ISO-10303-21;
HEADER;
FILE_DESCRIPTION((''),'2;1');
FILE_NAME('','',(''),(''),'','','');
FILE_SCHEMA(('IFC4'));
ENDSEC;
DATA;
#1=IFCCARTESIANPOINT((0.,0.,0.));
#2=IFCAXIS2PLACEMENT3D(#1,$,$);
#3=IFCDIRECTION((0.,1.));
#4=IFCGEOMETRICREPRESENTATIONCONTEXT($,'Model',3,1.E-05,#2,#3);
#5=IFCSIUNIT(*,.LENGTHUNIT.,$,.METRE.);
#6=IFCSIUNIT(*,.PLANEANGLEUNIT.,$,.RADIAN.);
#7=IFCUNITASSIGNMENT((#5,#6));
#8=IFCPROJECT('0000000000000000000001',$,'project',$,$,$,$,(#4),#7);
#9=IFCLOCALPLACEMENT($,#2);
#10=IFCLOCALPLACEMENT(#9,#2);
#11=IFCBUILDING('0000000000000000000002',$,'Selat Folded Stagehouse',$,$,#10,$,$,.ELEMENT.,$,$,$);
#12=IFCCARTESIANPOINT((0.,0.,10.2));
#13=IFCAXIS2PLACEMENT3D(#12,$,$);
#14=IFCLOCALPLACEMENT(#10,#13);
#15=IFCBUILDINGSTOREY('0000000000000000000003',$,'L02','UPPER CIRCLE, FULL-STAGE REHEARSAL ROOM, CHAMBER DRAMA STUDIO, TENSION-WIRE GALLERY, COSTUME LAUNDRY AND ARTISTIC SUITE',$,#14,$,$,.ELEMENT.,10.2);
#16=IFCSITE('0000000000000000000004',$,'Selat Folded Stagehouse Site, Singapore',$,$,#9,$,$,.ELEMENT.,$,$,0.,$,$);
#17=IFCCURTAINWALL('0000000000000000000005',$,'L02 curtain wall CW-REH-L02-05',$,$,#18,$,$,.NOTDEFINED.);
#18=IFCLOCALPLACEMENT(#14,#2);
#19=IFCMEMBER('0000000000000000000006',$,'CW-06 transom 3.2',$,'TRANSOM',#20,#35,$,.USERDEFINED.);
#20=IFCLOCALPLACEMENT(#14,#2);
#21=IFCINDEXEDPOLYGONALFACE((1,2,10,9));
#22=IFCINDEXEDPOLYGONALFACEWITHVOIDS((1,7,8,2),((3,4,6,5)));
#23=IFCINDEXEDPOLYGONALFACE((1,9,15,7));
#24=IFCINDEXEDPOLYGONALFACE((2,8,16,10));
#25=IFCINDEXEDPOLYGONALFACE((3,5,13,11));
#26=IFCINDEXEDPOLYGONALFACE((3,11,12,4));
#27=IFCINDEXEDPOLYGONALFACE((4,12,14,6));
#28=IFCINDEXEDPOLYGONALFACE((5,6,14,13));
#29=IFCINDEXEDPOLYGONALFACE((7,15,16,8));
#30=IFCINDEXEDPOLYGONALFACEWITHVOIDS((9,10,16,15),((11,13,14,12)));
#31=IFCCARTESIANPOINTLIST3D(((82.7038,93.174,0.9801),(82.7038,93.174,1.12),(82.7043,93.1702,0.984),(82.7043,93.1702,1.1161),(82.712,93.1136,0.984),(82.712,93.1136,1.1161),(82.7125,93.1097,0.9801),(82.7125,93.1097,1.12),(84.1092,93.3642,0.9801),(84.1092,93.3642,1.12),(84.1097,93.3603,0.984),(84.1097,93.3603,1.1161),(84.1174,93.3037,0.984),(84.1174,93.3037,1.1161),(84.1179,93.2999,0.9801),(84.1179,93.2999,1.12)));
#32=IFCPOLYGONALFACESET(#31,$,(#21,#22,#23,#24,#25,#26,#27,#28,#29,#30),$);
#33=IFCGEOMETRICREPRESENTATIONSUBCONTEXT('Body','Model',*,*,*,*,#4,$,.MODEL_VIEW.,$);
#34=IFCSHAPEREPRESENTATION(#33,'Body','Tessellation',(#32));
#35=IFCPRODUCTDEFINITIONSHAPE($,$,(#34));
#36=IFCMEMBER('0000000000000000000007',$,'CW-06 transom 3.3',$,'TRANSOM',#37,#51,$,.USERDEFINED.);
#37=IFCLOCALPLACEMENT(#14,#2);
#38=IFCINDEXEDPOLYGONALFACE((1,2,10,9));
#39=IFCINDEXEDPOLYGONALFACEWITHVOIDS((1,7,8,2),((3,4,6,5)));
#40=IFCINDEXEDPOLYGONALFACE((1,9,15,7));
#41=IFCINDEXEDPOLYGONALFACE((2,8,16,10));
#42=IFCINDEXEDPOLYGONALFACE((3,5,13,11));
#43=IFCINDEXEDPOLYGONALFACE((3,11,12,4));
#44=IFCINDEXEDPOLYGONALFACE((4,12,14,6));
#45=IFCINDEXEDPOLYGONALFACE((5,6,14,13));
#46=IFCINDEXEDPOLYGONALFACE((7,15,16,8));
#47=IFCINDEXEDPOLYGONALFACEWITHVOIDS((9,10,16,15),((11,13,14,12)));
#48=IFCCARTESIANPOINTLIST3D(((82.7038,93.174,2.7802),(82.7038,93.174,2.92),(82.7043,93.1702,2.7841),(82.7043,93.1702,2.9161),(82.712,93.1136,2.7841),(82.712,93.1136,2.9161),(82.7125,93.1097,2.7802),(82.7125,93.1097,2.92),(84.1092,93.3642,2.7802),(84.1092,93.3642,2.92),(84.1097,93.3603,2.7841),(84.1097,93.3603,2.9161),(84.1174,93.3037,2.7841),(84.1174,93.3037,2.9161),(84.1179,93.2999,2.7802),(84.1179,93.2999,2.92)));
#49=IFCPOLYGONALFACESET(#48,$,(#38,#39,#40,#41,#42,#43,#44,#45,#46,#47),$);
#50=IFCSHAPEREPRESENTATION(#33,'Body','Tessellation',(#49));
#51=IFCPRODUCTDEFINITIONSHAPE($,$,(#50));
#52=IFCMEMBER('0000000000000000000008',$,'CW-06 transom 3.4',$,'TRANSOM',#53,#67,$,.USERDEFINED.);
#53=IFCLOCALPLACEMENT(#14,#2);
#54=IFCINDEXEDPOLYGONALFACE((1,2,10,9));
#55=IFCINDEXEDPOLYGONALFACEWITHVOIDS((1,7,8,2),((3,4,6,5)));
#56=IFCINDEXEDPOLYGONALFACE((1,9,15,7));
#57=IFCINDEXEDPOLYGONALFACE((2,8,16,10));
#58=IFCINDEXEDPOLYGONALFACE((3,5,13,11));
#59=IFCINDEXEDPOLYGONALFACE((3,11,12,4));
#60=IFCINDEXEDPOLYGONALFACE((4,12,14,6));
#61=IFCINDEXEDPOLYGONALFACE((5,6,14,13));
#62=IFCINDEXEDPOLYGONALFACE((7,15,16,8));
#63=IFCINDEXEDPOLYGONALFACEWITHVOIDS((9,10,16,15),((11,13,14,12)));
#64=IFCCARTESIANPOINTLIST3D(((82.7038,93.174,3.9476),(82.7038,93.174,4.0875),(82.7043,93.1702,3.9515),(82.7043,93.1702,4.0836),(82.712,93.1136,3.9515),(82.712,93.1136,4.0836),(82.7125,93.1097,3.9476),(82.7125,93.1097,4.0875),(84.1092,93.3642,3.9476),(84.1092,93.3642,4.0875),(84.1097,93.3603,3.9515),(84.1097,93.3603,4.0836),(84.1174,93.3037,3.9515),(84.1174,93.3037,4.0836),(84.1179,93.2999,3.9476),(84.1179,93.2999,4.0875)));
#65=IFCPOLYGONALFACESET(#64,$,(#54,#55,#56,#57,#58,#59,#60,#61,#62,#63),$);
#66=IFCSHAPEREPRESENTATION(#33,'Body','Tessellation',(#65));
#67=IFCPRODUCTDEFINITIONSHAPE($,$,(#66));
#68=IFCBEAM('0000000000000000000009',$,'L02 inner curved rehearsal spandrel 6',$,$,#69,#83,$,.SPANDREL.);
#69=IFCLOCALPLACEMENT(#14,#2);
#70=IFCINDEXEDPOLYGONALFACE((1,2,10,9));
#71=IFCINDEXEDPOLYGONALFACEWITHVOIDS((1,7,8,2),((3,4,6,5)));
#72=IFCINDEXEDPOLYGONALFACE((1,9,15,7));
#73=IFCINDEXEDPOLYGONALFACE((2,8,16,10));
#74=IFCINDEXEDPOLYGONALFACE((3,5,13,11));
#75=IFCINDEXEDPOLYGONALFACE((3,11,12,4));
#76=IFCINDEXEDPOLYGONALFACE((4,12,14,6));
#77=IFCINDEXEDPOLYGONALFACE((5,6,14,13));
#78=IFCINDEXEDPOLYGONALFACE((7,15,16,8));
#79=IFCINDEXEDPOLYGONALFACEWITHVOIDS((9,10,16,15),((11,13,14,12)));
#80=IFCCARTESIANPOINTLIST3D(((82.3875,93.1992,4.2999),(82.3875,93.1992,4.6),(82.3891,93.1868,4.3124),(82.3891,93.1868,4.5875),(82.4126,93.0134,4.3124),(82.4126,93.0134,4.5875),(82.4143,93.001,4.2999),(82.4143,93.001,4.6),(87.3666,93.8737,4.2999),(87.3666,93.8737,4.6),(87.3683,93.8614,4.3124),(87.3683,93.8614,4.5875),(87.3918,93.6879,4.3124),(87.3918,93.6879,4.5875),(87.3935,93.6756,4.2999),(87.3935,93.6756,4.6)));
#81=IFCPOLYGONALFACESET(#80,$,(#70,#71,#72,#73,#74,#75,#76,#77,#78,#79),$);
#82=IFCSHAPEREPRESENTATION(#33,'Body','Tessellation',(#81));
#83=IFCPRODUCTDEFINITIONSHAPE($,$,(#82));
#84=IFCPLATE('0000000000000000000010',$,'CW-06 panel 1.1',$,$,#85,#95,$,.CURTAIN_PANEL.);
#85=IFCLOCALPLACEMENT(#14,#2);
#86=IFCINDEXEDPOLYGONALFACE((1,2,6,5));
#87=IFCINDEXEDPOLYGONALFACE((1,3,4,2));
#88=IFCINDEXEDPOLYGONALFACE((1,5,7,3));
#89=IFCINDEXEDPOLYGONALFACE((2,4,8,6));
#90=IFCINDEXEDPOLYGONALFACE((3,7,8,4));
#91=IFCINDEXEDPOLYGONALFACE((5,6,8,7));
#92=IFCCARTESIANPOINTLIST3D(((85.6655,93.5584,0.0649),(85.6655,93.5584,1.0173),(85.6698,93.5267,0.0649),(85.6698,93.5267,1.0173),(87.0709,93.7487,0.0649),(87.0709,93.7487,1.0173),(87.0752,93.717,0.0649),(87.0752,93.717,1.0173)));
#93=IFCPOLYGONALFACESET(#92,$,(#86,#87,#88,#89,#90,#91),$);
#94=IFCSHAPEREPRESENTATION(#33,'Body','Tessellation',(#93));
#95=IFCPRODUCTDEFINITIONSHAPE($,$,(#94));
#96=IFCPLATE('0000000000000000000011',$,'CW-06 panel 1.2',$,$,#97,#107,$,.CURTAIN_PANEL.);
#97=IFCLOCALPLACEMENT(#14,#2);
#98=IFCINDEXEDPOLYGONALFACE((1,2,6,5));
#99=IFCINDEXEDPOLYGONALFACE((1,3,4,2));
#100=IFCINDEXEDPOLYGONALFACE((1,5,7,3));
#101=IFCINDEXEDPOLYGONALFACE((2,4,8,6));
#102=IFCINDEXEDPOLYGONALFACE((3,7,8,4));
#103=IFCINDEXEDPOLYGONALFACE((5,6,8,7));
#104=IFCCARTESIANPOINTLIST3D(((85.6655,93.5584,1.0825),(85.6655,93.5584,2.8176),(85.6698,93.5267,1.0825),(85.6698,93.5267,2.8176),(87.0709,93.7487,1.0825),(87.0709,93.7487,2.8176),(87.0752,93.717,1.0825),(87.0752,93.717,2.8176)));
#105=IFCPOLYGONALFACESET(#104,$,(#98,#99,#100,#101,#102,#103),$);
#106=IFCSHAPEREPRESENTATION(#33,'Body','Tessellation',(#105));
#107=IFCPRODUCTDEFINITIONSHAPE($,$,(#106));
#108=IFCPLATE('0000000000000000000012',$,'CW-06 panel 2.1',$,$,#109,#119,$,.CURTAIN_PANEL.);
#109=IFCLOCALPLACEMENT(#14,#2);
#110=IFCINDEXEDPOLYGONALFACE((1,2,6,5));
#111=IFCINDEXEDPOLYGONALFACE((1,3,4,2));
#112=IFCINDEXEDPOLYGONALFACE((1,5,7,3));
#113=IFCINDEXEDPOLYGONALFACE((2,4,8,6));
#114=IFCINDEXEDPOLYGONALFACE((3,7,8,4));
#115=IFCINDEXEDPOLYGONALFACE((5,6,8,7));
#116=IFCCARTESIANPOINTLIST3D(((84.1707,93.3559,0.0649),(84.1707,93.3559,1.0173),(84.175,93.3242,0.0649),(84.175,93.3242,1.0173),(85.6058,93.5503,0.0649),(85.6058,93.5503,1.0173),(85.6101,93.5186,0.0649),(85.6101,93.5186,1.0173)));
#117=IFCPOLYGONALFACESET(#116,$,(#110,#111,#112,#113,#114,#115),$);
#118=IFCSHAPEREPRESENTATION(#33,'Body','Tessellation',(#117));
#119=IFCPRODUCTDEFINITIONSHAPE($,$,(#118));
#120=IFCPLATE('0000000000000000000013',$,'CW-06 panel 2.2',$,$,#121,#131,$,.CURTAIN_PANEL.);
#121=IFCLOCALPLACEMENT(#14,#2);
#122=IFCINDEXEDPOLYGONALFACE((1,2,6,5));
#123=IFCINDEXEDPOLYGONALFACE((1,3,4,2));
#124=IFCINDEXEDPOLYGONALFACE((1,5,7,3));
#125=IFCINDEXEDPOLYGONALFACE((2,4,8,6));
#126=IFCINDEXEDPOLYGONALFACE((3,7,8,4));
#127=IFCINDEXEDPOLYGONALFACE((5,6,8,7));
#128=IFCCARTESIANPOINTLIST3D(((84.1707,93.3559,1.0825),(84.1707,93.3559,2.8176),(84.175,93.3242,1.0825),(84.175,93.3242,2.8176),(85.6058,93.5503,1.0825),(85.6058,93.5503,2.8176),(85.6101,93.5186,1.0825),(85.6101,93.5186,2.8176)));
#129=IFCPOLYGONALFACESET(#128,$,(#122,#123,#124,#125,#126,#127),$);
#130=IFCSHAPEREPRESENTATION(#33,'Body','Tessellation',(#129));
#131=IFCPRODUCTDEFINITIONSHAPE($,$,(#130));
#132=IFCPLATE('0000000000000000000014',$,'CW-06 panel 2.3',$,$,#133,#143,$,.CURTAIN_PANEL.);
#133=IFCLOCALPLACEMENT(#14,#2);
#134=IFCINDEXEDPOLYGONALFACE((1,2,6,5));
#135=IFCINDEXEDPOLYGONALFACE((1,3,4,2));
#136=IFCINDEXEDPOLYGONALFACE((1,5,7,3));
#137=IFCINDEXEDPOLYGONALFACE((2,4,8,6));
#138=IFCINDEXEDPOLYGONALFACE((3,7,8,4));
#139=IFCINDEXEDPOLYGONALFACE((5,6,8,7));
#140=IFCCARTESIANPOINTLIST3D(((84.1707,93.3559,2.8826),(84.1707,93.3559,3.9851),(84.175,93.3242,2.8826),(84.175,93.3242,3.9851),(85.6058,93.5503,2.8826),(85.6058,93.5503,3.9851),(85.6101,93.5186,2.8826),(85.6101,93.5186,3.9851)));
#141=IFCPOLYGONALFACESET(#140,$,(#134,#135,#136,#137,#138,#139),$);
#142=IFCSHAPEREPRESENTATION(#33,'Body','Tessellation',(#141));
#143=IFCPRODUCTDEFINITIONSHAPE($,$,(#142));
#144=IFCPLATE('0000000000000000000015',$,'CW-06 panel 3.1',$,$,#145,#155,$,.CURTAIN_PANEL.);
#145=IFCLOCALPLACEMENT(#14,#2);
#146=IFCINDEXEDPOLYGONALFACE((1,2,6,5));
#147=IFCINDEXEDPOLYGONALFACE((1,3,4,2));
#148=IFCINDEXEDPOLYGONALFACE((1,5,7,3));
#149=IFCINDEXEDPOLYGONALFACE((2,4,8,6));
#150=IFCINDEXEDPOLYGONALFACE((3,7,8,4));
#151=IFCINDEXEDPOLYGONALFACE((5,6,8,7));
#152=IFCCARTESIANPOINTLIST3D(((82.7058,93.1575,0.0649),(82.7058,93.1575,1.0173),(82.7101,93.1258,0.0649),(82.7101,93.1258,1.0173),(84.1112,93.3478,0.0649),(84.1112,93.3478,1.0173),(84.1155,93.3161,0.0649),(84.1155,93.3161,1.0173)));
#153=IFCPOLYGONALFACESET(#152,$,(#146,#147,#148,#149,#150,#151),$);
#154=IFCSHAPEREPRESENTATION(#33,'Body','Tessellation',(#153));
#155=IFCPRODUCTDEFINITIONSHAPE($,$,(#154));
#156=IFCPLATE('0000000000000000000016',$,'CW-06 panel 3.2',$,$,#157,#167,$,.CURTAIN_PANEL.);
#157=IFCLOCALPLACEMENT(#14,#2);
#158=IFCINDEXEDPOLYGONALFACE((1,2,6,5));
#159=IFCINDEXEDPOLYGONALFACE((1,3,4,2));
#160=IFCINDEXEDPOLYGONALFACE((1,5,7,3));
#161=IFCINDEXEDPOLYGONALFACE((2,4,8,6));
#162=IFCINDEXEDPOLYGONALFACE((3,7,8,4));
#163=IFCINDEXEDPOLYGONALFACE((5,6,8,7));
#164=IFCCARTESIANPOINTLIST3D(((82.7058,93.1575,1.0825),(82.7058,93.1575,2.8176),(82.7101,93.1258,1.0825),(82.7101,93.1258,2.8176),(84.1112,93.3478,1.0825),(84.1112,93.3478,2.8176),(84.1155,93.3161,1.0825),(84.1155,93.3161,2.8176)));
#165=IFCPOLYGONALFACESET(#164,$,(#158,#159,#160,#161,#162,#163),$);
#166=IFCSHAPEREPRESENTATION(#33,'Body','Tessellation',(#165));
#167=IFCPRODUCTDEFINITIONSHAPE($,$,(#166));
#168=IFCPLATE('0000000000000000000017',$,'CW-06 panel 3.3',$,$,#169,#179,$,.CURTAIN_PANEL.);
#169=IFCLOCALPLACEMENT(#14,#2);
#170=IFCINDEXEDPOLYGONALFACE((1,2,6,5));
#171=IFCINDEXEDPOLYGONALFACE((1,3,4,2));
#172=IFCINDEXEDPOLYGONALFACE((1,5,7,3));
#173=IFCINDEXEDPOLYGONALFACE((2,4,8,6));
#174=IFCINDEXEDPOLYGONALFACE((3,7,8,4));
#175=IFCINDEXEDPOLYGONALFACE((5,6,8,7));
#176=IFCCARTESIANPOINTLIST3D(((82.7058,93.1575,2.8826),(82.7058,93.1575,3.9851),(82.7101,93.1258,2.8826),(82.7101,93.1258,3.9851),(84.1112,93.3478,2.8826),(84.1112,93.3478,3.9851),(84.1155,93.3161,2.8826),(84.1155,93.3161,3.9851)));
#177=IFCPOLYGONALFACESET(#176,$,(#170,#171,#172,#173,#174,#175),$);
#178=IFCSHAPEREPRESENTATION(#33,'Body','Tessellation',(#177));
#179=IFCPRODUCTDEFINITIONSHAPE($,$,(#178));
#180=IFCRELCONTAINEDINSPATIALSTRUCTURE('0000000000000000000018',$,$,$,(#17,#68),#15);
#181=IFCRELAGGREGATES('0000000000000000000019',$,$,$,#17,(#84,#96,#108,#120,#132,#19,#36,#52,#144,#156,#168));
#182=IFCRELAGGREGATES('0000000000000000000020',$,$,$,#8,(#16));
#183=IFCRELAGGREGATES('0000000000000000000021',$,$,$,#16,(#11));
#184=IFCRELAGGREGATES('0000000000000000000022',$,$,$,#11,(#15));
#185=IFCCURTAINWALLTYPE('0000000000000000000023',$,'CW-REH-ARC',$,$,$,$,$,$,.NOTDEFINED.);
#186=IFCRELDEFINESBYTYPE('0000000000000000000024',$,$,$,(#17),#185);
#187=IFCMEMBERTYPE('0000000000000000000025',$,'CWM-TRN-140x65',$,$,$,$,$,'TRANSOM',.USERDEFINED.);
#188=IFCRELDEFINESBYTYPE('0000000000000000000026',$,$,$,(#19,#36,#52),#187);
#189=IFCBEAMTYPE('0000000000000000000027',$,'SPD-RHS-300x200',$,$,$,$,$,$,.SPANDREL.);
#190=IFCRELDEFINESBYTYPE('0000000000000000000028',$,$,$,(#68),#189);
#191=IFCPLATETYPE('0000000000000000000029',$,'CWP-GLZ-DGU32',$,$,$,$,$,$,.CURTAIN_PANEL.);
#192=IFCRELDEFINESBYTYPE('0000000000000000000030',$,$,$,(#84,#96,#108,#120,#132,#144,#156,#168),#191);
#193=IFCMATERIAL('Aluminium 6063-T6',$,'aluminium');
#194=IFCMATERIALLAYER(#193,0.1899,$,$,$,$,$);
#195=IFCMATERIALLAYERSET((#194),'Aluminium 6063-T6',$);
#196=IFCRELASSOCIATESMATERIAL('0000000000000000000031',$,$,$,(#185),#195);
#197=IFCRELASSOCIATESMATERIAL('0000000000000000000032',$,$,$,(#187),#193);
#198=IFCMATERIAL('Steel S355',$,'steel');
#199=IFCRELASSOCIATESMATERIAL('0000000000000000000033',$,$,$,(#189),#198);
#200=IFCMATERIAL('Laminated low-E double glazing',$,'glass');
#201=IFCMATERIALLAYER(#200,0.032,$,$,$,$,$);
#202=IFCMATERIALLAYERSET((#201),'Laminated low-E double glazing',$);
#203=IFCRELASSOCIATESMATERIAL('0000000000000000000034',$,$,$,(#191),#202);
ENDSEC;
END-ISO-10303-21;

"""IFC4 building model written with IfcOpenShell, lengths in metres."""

from ifc_helpers import new_model, si_unit, direction, frame, origin, origin_2d, place, context, subcontext, project, spatial, rectangle, hollow_rectangle, extrude, material, layer, layer_set, material_profile, profile_set, type_object, element, aggregate, save


model = new_model("IFC4")

# Units and contexts
model_context = context("Model", 3, precision=1e-05, world=origin(), true_north=direction((0.0, 1.0)))
body_context = subcontext(model_context, "Body", "Model", "MODEL_VIEW")
ifc_project = project(units=[si_unit("LENGTHUNIT", "METRE"), si_unit("PLANEANGLEUNIT", "RADIAN")], contexts=[model_context])

# Site, building, storey
site_placement = place(None, origin())
site = spatial("IfcSite", under=ifc_project, at=site_placement, Name="Selat Folded Stagehouse Site, Singapore", CompositionType="ELEMENT", RefElevation=0.0)
building_placement = place(site_placement, origin())
building = spatial("IfcBuilding", under=site, at=building_placement, Name="Selat Folded Stagehouse", CompositionType="ELEMENT")
storey_placement = place(building_placement, frame((0.0, 0.0, 10.2)))
storey = spatial("IfcBuildingStorey", under=building, at=storey_placement, Name="L02", Description="UPPER CIRCLE, FULL-STAGE REHEARSAL ROOM, CHAMBER DRAMA STUDIO, TENSION-WIRE GALLERY, COSTUME LAUNDRY AND ARTISTIC SUITE", CompositionType="ELEMENT", Elevation=10.2)

# Shared definitions
ifc_material_1 = material(Name="Steel S355", Category="steel")

# Curtain wall, members
ifc_material_2 = material(Name="Aluminium 6063-T6", Category="aluminium")
ifc_layer_1 = layer(ifc_material_2, 0.1899)
ifc_layer_set_1 = layer_set([ifc_layer_1], Name="Aluminium 6063-T6")
curtain_wall_type = type_object("IfcCurtainWallType", Name="CW-REH-ARC", PredefinedType="NOTDEFINED", material=ifc_layer_set_1)
curtain_wall_placement = place(storey_placement, origin())
curtain_wall = element("IfcCurtainWall", 1, at=curtain_wall_placement, inside=storey, type_object=curtain_wall_type, Name="L02 curtain wall CW-REH-L02-05", PredefinedType="NOTDEFINED")
ifc_material_profile_1 = material_profile(ifc_material_2, hollow_rectangle(XDim=0.0649, YDim=0.1399, WallThickness=0.0039, at=origin_2d()), Name="ALU 140x65x4.0")
ifc_profile_set_1 = profile_set([ifc_material_profile_1], Name="Aluminium 6063-T6")
member_type_1 = type_object("IfcMemberType", Name="CWM-TRN-140x65", ElementType="TRANSOM", PredefinedType="USERDEFINED", material=ifc_profile_set_1)
member_1_placement = place(storey_placement, frame((84.1135, 93.332, 1.05), z_axis=(-0.990969, -0.134092, 0.0), x_axis=(0.134092, -0.990969, 0.0)))
member_1 = element("IfcMember", 2, at=member_1_placement, type_object=member_type_1, Name="CW-06 transom 3.2", ObjectType="TRANSOM", PredefinedType="USERDEFINED", context=body_context, shape_type="SweptSolid", body=[
    extrude(hollow_rectangle(XDim=0.0649, YDim=0.1399, WallThickness=0.0039, at=origin_2d()), origin(), (0.0, 0.0, 1.0), 1.4182),
])
member_2_placement = place(storey_placement, frame((84.1135, 93.332, 2.8501), z_axis=(-0.990969, -0.134092, 0.0), x_axis=(0.134092, -0.990969, 0.0)))
member_2 = element("IfcMember", 3, at=member_2_placement, type_object=member_type_1, Name="CW-06 transom 3.3", ObjectType="TRANSOM", PredefinedType="USERDEFINED", context=body_context, shape_type="SweptSolid", body=[
    extrude(hollow_rectangle(XDim=0.0649, YDim=0.1399, WallThickness=0.0039, at=origin_2d()), origin(), (0.0, 0.0, 1.0), 1.4182),
])
member_3_placement = place(storey_placement, frame((84.1135, 93.332, 4.0176), z_axis=(-0.990969, -0.134092, 0.0), x_axis=(0.134092, -0.990969, 0.0)))
member_3 = element("IfcMember", 4, at=member_3_placement, type_object=member_type_1, Name="CW-06 transom 3.4", ObjectType="TRANSOM", PredefinedType="USERDEFINED", context=body_context, shape_type="SweptSolid", body=[
    extrude(hollow_rectangle(XDim=0.0649, YDim=0.1399, WallThickness=0.0039, at=origin_2d()), origin(), (0.0, 0.0, 1.0), 1.4182),
])

# Beam
ifc_material_profile_2 = material_profile(ifc_material_1, hollow_rectangle(XDim=0.2, YDim=0.3, WallThickness=0.0125, at=origin_2d()), Name="RHS 300x200x12.5")
ifc_profile_set_2 = profile_set([ifc_material_profile_2], Name="Steel S355")
beam_type_1 = type_object("IfcBeamType", Name="SPD-RHS-300x200", PredefinedType="SPANDREL", material=ifc_profile_set_2)
beam_1_placement = place(storey_placement, frame((82.4009, 93.1001, 4.45), z_axis=(0.990948, 0.134248, 0.0), x_axis=(-0.134248, 0.990948, 0.0)))
element("IfcBeam", 5, at=beam_1_placement, inside=storey, type_object=beam_type_1, Name="L02 inner curved rehearsal spandrel 6", PredefinedType="SPANDREL", context=body_context, shape_type="SweptSolid", body=[
    extrude(hollow_rectangle(XDim=0.2, YDim=0.3, WallThickness=0.0125, at=origin_2d()), origin(), (0.0, 0.0, 1.0), 5.0247),
])

# Plates
ifc_material_3 = material(Name="Laminated low-E double glazing", Category="glass")
ifc_layer_2 = layer(ifc_material_3, 0.032)
ifc_layer_set_2 = layer_set([ifc_layer_2], Name="Laminated low-E double glazing")
plate_type = type_object("IfcPlateType", Name="CWP-GLZ-DGU32", PredefinedType="CURTAIN_PANEL", material=ifc_layer_set_2)
plate_1_placement = place(storey_placement, frame((86.3704, 93.6377, 0.0649), z_axis=(0.0, 0.0, 1.0), x_axis=(-0.990953, -0.134212, 0.0)))
plate_1 = element("IfcPlate", 6, at=plate_1_placement, type_object=plate_type, Name="CW-06 panel 1.1", PredefinedType="CURTAIN_PANEL", context=body_context, shape_type="SweptSolid", body=[
    extrude(rectangle(XDim=1.4182, YDim=0.032, at=origin_2d()), origin(), (0.0, 0.0, 1.0), 0.9524),
])
plate_2_placement = place(storey_placement, frame((86.3704, 93.6377, 1.0825), z_axis=(0.0, 0.0, 1.0), x_axis=(-0.990953, -0.134212, 0.0)))
plate_2 = element("IfcPlate", 7, at=plate_2_placement, type_object=plate_type, Name="CW-06 panel 1.2", PredefinedType="CURTAIN_PANEL", context=body_context, shape_type="SweptSolid", body=[
    extrude(rectangle(XDim=1.4182, YDim=0.032, at=origin_2d()), origin(), (0.0, 0.0, 1.0), 1.7351),
])
plate_3_placement = place(storey_placement, frame((84.8904, 93.4373, 0.0649), z_axis=(0.0, 0.0, 1.0), x_axis=(-0.990953, -0.134212, 0.0)))
plate_3 = element("IfcPlate", 8, at=plate_3_placement, type_object=plate_type, Name="CW-06 panel 2.1", PredefinedType="CURTAIN_PANEL", context=body_context, shape_type="SweptSolid", body=[
    extrude(rectangle(XDim=1.4482, YDim=0.032, at=origin_2d()), origin(), (0.0, 0.0, 1.0), 0.9524),
])
plate_4_placement = place(storey_placement, frame((84.8904, 93.4373, 1.0825), z_axis=(0.0, 0.0, 1.0), x_axis=(-0.990953, -0.134212, 0.0)))
plate_4 = element("IfcPlate", 9, at=plate_4_placement, type_object=plate_type, Name="CW-06 panel 2.2", PredefinedType="CURTAIN_PANEL", context=body_context, shape_type="SweptSolid", body=[
    extrude(rectangle(XDim=1.4482, YDim=0.032, at=origin_2d()), origin(), (0.0, 0.0, 1.0), 1.7351),
])
plate_5_placement = place(storey_placement, frame((84.8904, 93.4373, 2.8826), z_axis=(0.0, 0.0, 1.0), x_axis=(-0.990953, -0.134212, 0.0)))
plate_5 = element("IfcPlate", 10, at=plate_5_placement, type_object=plate_type, Name="CW-06 panel 2.3", PredefinedType="CURTAIN_PANEL", context=body_context, shape_type="SweptSolid", body=[
    extrude(rectangle(XDim=1.4482, YDim=0.032, at=origin_2d()), origin(), (0.0, 0.0, 1.0), 1.1025),
])
plate_6_placement = place(storey_placement, frame((83.4106, 93.2368, 0.0649), z_axis=(0.0, 0.0, 1.0), x_axis=(-0.990953, -0.134212, 0.0)))
plate_6 = element("IfcPlate", 11, at=plate_6_placement, type_object=plate_type, Name="CW-06 panel 3.1", PredefinedType="CURTAIN_PANEL", context=body_context, shape_type="SweptSolid", body=[
    extrude(rectangle(XDim=1.4182, YDim=0.032, at=origin_2d()), origin(), (0.0, 0.0, 1.0), 0.9524),
])
plate_7_placement = place(storey_placement, frame((83.4106, 93.2368, 1.0825), z_axis=(0.0, 0.0, 1.0), x_axis=(-0.990953, -0.134212, 0.0)))
plate_7 = element("IfcPlate", 12, at=plate_7_placement, type_object=plate_type, Name="CW-06 panel 3.2", PredefinedType="CURTAIN_PANEL", context=body_context, shape_type="SweptSolid", body=[
    extrude(rectangle(XDim=1.4182, YDim=0.032, at=origin_2d()), origin(), (0.0, 0.0, 1.0), 1.7351),
])
plate_8_placement = place(storey_placement, frame((83.4106, 93.2368, 2.8826), z_axis=(0.0, 0.0, 1.0), x_axis=(-0.990953, -0.134212, 0.0)))
plate_8 = element("IfcPlate", 13, at=plate_8_placement, type_object=plate_type, Name="CW-06 panel 3.3", PredefinedType="CURTAIN_PANEL", context=body_context, shape_type="SweptSolid", body=[
    extrude(rectangle(XDim=1.4182, YDim=0.032, at=origin_2d()), origin(), (0.0, 0.0, 1.0), 1.1025),
])
aggregate(curtain_wall, [plate_1, plate_2, plate_3, plate_4, plate_5, member_1, member_2, member_3, plate_6, plate_7, plate_8])

save(model, "model.ifc")
